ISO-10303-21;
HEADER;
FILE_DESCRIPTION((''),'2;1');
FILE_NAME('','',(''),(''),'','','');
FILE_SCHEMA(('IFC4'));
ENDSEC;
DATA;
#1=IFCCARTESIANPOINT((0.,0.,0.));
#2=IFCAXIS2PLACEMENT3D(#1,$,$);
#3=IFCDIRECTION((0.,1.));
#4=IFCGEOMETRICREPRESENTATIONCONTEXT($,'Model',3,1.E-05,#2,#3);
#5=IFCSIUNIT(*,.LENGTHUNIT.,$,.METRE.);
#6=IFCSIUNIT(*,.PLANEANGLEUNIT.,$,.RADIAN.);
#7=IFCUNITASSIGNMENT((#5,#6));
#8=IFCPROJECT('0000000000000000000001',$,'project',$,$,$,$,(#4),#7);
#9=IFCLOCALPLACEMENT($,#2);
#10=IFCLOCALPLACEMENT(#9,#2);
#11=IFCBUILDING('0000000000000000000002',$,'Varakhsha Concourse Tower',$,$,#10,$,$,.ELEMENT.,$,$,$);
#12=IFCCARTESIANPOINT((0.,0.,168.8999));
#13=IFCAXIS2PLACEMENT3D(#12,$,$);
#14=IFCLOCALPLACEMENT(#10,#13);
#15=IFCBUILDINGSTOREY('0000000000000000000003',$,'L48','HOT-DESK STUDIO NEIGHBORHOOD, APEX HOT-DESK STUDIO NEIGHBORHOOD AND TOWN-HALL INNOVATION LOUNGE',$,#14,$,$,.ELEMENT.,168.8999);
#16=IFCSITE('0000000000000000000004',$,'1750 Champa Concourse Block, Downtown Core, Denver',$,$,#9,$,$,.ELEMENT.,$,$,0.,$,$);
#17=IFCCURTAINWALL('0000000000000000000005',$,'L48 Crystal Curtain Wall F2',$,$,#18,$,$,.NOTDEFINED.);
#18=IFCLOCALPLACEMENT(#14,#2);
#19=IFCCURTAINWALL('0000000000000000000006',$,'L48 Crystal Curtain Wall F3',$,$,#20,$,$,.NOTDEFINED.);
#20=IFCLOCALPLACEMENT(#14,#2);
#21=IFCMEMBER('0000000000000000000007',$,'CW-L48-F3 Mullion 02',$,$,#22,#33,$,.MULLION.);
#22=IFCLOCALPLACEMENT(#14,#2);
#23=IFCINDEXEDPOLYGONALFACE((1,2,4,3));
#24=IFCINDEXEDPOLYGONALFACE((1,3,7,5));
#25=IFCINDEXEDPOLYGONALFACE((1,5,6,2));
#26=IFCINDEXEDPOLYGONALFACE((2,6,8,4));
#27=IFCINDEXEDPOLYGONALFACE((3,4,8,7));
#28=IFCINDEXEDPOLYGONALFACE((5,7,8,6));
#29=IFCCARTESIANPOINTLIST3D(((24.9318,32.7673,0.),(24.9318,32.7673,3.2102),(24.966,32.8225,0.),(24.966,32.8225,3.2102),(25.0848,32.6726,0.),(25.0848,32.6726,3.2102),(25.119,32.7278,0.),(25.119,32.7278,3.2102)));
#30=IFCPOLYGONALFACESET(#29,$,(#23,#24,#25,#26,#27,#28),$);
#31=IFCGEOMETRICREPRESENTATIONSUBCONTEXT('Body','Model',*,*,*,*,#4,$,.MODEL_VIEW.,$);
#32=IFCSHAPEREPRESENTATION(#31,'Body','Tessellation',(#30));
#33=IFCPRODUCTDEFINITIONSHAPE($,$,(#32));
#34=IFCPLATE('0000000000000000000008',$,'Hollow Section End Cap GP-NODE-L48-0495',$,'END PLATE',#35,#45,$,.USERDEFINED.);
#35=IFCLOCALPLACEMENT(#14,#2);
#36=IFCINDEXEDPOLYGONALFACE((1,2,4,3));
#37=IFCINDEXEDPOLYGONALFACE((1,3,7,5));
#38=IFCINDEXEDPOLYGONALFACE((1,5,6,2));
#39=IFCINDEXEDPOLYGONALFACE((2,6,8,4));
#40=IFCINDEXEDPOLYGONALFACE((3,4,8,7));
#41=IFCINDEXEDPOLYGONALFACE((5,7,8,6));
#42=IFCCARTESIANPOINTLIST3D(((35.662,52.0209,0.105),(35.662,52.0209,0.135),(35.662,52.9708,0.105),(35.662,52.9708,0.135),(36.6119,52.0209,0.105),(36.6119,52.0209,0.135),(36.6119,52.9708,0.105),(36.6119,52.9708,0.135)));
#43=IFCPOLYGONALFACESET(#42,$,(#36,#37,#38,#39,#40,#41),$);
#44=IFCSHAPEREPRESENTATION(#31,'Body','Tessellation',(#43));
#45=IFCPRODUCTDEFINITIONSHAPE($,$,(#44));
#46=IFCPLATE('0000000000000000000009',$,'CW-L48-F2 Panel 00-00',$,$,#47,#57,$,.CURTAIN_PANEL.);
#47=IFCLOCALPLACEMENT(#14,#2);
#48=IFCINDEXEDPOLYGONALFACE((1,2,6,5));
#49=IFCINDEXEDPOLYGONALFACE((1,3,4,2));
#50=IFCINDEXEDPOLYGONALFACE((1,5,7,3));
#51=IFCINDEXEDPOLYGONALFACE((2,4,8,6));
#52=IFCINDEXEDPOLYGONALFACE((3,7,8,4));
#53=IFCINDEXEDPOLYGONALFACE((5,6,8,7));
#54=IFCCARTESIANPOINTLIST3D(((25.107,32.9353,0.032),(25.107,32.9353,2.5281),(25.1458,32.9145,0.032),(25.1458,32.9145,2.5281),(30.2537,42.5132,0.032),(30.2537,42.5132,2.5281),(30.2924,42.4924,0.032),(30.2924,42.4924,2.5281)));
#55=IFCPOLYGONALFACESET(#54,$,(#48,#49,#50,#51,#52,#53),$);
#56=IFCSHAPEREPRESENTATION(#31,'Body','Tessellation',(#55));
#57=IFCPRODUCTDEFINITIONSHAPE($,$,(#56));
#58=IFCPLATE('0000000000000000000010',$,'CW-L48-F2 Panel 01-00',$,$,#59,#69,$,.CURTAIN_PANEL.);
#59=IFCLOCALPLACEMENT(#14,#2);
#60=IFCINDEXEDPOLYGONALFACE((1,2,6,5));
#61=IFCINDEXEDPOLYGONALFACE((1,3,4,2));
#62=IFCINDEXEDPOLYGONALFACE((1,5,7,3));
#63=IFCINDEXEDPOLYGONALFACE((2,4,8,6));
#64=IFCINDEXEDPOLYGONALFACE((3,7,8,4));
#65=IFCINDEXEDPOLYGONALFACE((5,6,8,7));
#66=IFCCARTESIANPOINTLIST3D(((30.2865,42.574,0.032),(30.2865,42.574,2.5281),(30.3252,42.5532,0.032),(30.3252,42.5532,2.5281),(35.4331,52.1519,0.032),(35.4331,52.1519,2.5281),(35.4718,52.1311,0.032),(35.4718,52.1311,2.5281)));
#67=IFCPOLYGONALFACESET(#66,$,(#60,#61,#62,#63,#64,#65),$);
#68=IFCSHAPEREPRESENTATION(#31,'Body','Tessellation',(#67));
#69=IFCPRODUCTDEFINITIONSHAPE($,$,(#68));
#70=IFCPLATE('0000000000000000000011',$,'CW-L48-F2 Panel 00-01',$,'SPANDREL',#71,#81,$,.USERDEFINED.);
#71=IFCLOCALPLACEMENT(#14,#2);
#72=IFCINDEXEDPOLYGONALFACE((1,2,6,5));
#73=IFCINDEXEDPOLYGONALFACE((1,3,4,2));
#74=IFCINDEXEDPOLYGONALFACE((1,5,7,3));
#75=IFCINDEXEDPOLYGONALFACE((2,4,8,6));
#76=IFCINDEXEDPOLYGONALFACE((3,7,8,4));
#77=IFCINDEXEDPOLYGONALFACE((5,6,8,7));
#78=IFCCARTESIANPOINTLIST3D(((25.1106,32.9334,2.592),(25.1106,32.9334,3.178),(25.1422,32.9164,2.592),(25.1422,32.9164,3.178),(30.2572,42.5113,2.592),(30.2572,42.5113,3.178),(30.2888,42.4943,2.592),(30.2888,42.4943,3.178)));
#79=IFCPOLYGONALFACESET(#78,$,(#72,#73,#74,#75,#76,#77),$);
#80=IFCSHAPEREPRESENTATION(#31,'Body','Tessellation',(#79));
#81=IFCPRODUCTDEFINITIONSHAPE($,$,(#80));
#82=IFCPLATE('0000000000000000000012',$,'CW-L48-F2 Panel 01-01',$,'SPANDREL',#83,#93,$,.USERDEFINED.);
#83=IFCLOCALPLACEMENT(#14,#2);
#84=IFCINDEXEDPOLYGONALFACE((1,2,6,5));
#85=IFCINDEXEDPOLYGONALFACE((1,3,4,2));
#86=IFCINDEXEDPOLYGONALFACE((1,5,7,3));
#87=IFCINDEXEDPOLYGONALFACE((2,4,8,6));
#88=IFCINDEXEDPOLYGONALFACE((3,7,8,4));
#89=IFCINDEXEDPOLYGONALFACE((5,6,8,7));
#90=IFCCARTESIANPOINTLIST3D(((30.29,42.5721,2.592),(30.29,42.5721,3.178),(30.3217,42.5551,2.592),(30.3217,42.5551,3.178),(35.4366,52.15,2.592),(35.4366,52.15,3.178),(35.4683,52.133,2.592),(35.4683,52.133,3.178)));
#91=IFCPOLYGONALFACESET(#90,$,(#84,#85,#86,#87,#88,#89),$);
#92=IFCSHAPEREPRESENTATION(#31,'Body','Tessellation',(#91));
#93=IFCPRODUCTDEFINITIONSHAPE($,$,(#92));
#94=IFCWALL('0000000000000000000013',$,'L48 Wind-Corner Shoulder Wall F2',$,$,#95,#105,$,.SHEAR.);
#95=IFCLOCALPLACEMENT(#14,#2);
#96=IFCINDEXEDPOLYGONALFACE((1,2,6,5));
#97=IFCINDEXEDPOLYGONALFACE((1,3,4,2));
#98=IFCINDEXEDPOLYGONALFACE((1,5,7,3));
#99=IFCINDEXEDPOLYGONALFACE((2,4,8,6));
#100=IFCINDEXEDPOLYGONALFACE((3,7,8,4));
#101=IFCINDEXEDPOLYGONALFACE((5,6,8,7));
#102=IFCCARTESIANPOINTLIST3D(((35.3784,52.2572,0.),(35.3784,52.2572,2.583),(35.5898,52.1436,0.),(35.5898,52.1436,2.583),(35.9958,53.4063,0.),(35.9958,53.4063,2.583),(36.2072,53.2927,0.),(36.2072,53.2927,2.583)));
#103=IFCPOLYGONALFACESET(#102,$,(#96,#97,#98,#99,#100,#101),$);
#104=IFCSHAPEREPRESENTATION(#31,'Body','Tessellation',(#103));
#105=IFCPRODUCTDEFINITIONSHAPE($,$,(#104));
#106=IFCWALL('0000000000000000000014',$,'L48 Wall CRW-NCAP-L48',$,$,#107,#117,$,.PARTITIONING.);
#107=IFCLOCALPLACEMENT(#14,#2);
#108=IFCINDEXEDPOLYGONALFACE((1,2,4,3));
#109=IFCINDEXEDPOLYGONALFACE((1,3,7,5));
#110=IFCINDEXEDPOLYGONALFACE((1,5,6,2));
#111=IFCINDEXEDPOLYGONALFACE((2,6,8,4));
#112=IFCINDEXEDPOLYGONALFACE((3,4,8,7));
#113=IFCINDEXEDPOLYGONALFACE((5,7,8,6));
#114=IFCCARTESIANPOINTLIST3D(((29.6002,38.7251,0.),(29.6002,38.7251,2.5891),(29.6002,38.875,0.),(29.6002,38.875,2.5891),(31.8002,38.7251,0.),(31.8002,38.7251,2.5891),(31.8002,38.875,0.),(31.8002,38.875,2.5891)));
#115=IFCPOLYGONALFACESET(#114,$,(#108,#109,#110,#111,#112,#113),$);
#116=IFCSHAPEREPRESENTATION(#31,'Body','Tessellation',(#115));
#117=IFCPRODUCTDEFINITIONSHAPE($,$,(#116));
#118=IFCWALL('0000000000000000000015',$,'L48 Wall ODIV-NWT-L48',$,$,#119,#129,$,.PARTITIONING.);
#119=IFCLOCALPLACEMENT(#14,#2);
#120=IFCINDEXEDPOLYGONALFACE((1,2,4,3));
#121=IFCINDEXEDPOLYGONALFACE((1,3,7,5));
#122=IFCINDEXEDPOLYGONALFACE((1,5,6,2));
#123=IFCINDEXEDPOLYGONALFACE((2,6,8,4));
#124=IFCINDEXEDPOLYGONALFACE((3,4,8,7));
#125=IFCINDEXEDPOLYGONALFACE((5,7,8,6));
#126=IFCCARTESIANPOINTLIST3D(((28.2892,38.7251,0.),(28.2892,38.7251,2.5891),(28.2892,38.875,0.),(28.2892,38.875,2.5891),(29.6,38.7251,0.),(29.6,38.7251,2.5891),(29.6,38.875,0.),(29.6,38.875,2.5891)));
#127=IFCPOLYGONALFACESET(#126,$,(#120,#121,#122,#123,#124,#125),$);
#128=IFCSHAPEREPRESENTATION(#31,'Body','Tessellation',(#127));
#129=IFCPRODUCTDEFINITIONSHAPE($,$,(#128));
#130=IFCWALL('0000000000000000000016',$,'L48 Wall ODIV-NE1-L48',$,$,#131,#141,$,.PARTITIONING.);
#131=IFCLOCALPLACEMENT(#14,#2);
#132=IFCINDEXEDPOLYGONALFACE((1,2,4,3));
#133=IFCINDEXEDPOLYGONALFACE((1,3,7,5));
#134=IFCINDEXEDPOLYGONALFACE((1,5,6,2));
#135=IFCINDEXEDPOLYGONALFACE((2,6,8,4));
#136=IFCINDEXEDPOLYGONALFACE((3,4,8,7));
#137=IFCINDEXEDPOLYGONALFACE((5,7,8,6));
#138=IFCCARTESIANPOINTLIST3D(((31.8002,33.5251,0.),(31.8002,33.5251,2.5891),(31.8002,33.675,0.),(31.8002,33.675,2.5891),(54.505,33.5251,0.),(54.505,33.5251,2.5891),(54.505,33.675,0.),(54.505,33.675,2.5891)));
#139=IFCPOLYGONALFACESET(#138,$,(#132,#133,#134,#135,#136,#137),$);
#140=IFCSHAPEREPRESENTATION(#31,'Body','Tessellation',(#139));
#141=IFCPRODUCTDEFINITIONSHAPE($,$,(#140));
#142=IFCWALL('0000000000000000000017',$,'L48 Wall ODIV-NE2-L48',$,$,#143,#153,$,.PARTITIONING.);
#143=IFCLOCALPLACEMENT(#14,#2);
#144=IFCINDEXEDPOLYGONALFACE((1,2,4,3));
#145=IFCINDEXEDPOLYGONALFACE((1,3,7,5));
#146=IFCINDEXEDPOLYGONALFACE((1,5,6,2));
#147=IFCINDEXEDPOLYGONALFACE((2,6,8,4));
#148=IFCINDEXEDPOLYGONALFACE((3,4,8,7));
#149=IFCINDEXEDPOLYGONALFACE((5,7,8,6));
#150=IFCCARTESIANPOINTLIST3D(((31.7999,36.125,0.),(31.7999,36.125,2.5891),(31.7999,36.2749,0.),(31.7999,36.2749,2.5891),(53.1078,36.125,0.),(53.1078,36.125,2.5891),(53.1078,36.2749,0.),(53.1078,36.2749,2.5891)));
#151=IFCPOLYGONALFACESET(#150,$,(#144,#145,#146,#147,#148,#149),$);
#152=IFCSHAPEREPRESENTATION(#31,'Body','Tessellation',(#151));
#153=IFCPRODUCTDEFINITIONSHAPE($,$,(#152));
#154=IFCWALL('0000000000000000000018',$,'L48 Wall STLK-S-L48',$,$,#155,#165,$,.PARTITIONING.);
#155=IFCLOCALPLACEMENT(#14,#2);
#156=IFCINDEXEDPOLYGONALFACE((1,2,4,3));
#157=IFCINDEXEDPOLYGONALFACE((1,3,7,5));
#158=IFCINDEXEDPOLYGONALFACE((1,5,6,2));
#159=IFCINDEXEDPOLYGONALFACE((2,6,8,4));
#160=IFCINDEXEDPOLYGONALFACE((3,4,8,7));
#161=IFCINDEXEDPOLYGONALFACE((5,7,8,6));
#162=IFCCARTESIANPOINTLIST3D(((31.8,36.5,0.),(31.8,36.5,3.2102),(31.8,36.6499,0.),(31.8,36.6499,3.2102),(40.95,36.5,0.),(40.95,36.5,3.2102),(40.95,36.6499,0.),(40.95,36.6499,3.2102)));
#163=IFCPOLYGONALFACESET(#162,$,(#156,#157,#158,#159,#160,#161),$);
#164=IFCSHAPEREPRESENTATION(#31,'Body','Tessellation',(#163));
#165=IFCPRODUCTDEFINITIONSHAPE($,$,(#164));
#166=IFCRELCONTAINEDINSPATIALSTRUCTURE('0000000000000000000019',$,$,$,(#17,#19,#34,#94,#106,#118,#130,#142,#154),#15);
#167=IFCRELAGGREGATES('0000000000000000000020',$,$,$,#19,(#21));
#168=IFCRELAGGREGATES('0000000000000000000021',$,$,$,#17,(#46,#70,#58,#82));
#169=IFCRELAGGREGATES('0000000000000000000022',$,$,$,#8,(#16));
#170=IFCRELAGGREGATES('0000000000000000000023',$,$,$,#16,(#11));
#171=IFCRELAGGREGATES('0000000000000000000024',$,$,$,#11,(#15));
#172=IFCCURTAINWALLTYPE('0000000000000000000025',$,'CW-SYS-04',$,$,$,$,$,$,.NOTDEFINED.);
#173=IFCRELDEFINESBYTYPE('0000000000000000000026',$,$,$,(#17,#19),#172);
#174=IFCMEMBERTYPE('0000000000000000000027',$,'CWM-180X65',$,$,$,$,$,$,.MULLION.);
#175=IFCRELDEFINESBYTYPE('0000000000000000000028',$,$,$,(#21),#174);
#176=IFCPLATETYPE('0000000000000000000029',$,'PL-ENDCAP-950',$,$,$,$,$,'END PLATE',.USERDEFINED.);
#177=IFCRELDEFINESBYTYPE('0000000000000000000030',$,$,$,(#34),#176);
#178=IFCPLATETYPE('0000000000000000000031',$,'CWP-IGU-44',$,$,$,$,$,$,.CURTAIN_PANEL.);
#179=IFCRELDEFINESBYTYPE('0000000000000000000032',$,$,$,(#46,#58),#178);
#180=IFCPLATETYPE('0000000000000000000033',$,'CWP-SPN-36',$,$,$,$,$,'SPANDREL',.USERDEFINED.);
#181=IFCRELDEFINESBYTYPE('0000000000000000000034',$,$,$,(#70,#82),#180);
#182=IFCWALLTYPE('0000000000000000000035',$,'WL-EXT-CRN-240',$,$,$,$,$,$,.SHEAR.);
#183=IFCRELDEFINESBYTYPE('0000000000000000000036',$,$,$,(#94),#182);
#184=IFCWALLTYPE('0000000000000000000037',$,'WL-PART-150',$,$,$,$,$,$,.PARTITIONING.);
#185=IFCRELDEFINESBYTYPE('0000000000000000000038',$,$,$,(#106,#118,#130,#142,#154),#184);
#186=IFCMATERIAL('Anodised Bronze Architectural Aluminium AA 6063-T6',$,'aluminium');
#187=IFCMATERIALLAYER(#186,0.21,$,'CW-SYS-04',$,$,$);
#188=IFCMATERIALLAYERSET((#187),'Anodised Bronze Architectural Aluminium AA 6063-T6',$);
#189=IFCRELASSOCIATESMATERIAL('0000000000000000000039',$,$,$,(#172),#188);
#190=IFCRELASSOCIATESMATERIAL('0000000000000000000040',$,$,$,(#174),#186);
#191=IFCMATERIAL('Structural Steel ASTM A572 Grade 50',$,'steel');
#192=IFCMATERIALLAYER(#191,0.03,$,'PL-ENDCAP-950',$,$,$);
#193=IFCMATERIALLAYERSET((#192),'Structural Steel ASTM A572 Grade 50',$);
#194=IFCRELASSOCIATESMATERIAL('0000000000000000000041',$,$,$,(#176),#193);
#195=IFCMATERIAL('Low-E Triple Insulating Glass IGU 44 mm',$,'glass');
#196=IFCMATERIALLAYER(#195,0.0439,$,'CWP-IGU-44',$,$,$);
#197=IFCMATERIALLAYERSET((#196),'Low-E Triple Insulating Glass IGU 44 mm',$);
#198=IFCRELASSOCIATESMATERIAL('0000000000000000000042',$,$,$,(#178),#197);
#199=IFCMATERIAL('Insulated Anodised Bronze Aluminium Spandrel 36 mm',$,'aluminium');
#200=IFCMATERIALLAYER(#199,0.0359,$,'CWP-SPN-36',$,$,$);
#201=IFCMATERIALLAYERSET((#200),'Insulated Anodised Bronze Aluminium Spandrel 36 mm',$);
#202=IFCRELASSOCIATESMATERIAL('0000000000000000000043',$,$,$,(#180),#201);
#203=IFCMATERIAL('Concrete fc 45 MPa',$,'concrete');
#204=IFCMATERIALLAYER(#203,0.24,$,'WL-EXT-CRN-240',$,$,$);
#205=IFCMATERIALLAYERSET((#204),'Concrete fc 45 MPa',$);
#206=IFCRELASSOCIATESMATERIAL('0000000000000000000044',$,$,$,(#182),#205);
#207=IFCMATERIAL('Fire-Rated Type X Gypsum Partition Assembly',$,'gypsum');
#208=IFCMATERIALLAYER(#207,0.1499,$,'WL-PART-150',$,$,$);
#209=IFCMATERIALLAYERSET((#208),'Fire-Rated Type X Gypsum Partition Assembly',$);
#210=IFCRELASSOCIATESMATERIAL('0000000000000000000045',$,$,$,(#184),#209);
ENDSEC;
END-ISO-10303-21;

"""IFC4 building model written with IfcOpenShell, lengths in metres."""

from ifc_helpers import new_model, si_unit, direction, frame, frame_2d, origin, origin_2d, place, context, subcontext, project, spatial, rectangle, extrude, source, transform, mapped, material, layer, layer_set, material_profile, profile_set, type_object, type_shapes, element, aggregate, save


model = new_model("IFC4")

# Units and contexts
model_context = context("Model", 3, precision=1e-05, world=origin(), true_north=direction((0.0, 1.0)))
body_context = subcontext(model_context, "Body", "Model", "MODEL_VIEW")
ifc_project = project(units=[si_unit("LENGTHUNIT", "METRE"), si_unit("PLANEANGLEUNIT", "RADIAN")], contexts=[model_context])

# Site, building, storey
site_placement = place(None, origin())
site = spatial("IfcSite", under=ifc_project, at=site_placement, Name="1750 Champa Concourse Block, Downtown Core, Denver", CompositionType="ELEMENT", RefElevation=0.0)
building_placement = place(site_placement, origin())
building = spatial("IfcBuilding", under=site, at=building_placement, Name="Varakhsha Concourse Tower", CompositionType="ELEMENT")
storey_placement = place(building_placement, frame((0.0, 0.0, 168.8999)))
storey = spatial("IfcBuildingStorey", under=building, at=storey_placement, Name="L48", Description="HOT-DESK STUDIO NEIGHBORHOOD, APEX HOT-DESK STUDIO NEIGHBORHOOD AND TOWN-HALL INNOVATION LOUNGE", CompositionType="ELEMENT", Elevation=168.8999)

# Shared definitions
ifc_material_1 = material(Name="Structural Steel ASTM A572 Grade 50", Category="steel")

# Curtain wall
ifc_material_2 = material(Name="Anodised Bronze Architectural Aluminium AA 6063-T6", Category="aluminium")
ifc_layer_1 = layer(ifc_material_2, 0.21, Name="CW-SYS-04")
ifc_layer_set_1 = layer_set([ifc_layer_1], Name="Anodised Bronze Architectural Aluminium AA 6063-T6")
curtain_wall_type = type_object("IfcCurtainWallType", Name="CW-SYS-04", PredefinedType="NOTDEFINED", material=ifc_layer_set_1)
curtain_wall_1_placement = place(storey_placement, origin())
curtain_wall_1 = element("IfcCurtainWall", 1, at=curtain_wall_1_placement, inside=storey, type_object=curtain_wall_type, Name="L48 Crystal Curtain Wall F2", PredefinedType="NOTDEFINED")
ifc_material_profile_1 = material_profile(ifc_material_2, rectangle(XDim=0.0649, YDim=0.1799, at=origin_2d()), Name="CWM-180X65")
ifc_profile_set_1 = profile_set([ifc_material_profile_1], Name="Anodised Bronze Architectural Aluminium AA 6063-T6")
member_type_1 = type_object("IfcMemberType", Name="CWM-180X65", PredefinedType="MULLION", material=ifc_profile_set_1)
shared_shape_1 = source(origin(), body_context, "Body", "SweptSolid", [
    extrude(rectangle(XDim=0.0649, YDim=0.1799, at=origin_2d()), origin(), (0.0, 0.0, 1.0), 3.2102),
])
type_shapes(member_type_1, [shared_shape_1])

# Curtain wall, member
curtain_wall_2_placement = place(storey_placement, origin())
curtain_wall_2 = element("IfcCurtainWall", 2, at=curtain_wall_2_placement, inside=storey, type_object=curtain_wall_type, Name="L48 Crystal Curtain Wall F3", PredefinedType="NOTDEFINED")
member_1_placement = place(storey_placement, frame((25.0254, 32.7476, 0.0), z_axis=(0.0, 0.0, 1.0), x_axis=(0.526199, 0.850361, 0.0)))
member_1 = element("IfcMember", 3, at=member_1_placement, type_object=member_type_1, Name="CW-L48-F3 Mullion 02", PredefinedType="MULLION", context=body_context, shape_type="MappedRepresentation", body=[
    mapped(shared_shape_1, transform((0.0, 0.0, 0.0), scale=1.0)),
])
aggregate(curtain_wall_2, [member_1])

# Plates
ifc_layer_2 = layer(ifc_material_1, 0.03, Name="PL-ENDCAP-950")
ifc_layer_set_2 = layer_set([ifc_layer_2], Name="Structural Steel ASTM A572 Grade 50")
plate_type_1 = type_object("IfcPlateType", Name="PL-ENDCAP-950", ElementType="END PLATE", PredefinedType="USERDEFINED", material=ifc_layer_set_2)
shared_shape_2 = source(origin(), body_context, "Body", "SweptSolid", [
    extrude(rectangle(XDim=0.95, YDim=0.95, at=origin_2d()), origin(), (0.0, 0.0, 1.0), 0.03),
])
type_shapes(plate_type_1, [shared_shape_2])
plate_1_placement = place(storey_placement, frame((36.137, 52.4958, 0.105), z_axis=(0.0, 0.0, 1.0), x_axis=(1.0, 0.0, 0.0)))
element("IfcPlate", 4, at=plate_1_placement, inside=storey, type_object=plate_type_1, Name="Hollow Section End Cap GP-NODE-L48-0495", ObjectType="END PLATE", PredefinedType="USERDEFINED", context=body_context, shape_type="MappedRepresentation", body=[
    mapped(shared_shape_2, transform((0.0, 0.0, 0.0), scale=1.0)),
])
ifc_material_3 = material(Name="Low-E Triple Insulating Glass IGU 44 mm", Category="glass")
ifc_layer_3 = layer(ifc_material_3, 0.0439, Name="CWP-IGU-44")
ifc_layer_set_3 = layer_set([ifc_layer_3], Name="Low-E Triple Insulating Glass IGU 44 mm")
plate_type_2 = type_object("IfcPlateType", Name="CWP-IGU-44", PredefinedType="CURTAIN_PANEL", material=ifc_layer_set_3)
shared_shape_3 = source(origin(), body_context, "Body", "SweptSolid", [
    extrude(rectangle(XDim=10.873, YDim=0.0439, at=origin_2d()), origin(), (0.0, 0.0, 1.0), 2.4961),
])
type_shapes(plate_type_2, [shared_shape_3])
plate_2_placement = place(storey_placement, frame((27.6997, 37.7139, 0.032), z_axis=(0.0, 0.0, 1.0), x_axis=(0.473337, 0.880882, 0.0)))
plate_2 = element("IfcPlate", 5, at=plate_2_placement, type_object=plate_type_2, Name="CW-L48-F2 Panel 00-00", PredefinedType="CURTAIN_PANEL", context=body_context, shape_type="MappedRepresentation", body=[
    mapped(shared_shape_3, transform((0.0, 0.0, 0.0), scale=1.0)),
])
plate_3_placement = place(storey_placement, frame((32.8792, 47.3525, 0.032), z_axis=(0.0, 0.0, 1.0), x_axis=(0.473337, 0.880882, 0.0)))
plate_3 = element("IfcPlate", 6, at=plate_3_placement, type_object=plate_type_2, Name="CW-L48-F2 Panel 01-00", PredefinedType="CURTAIN_PANEL", context=body_context, shape_type="MappedRepresentation", body=[
    mapped(shared_shape_3, transform((0.0, 0.0, 0.0), scale=1.0)),
])
ifc_material_4 = material(Name="Insulated Anodised Bronze Aluminium Spandrel 36 mm", Category="aluminium")
ifc_layer_4 = layer(ifc_material_4, 0.0359, Name="CWP-SPN-36")
ifc_layer_set_4 = layer_set([ifc_layer_4], Name="Insulated Anodised Bronze Aluminium Spandrel 36 mm")
plate_type_3 = type_object("IfcPlateType", Name="CWP-SPN-36", ElementType="SPANDREL", PredefinedType="USERDEFINED", material=ifc_layer_set_4)
shared_shape_4 = source(origin(), body_context, "Body", "SweptSolid", [
    extrude(rectangle(XDim=10.873, YDim=0.0359, at=origin_2d()), origin(), (0.0, 0.0, 1.0), 0.5859),
])
type_shapes(plate_type_3, [shared_shape_4])
plate_4_placement = place(storey_placement, frame((27.6997, 37.7139, 2.592), z_axis=(0.0, 0.0, 1.0), x_axis=(0.473337, 0.880882, 0.0)))
plate_4 = element("IfcPlate", 7, at=plate_4_placement, type_object=plate_type_3, Name="CW-L48-F2 Panel 00-01", ObjectType="SPANDREL", PredefinedType="USERDEFINED", context=body_context, shape_type="MappedRepresentation", body=[
    mapped(shared_shape_4, transform((0.0, 0.0, 0.0), scale=1.0)),
])
plate_5_placement = place(storey_placement, frame((32.8792, 47.3525, 2.592), z_axis=(0.0, 0.0, 1.0), x_axis=(0.473337, 0.880882, 0.0)))
plate_5 = element("IfcPlate", 8, at=plate_5_placement, type_object=plate_type_3, Name="CW-L48-F2 Panel 01-01", ObjectType="SPANDREL", PredefinedType="USERDEFINED", context=body_context, shape_type="MappedRepresentation", body=[
    mapped(shared_shape_4, transform((0.0, 0.0, 0.0), scale=1.0)),
])
aggregate(curtain_wall_1, [plate_2, plate_4, plate_3, plate_5])

# Walls
ifc_material_5 = material(Name="Concrete fc 45 MPa", Category="concrete")
ifc_layer_5 = layer(ifc_material_5, 0.24, Name="WL-EXT-CRN-240")
ifc_layer_set_5 = layer_set([ifc_layer_5], Name="Concrete fc 45 MPa")
wall_type_1 = type_object("IfcWallType", Name="WL-EXT-CRN-240", PredefinedType="SHEAR", material=ifc_layer_set_5)
wall_1_placement = place(storey_placement, frame((36.1016, 53.3496, 0.0), z_axis=(0.0, 0.0, 1.0), x_axis=(-0.473296, -0.880903, 0.0)))
element("IfcWall", 9, at=wall_1_placement, inside=storey, type_object=wall_type_1, Name="L48 Wind-Corner Shoulder Wall F2", PredefinedType="SHEAR", context=body_context, shape_type="SweptSolid", body=[
    extrude(rectangle(XDim=1.3044, YDim=0.24, at=frame_2d((0.6523, 0.0))), origin(), (0.0, 0.0, 1.0), 2.583),
])
ifc_material_6 = material(Name="Fire-Rated Type X Gypsum Partition Assembly", Category="gypsum")
ifc_layer_6 = layer(ifc_material_6, 0.1499, Name="WL-PART-150")
ifc_layer_set_6 = layer_set([ifc_layer_6], Name="Fire-Rated Type X Gypsum Partition Assembly")
wall_type_2 = type_object("IfcWallType", Name="WL-PART-150", PredefinedType="PARTITIONING", material=ifc_layer_set_6)
wall_2_placement = place(storey_placement, frame((29.6001, 38.8, 0.0), z_axis=(0.0, 0.0, 1.0), x_axis=(1.0, 0.0, 0.0)))
element("IfcWall", 10, at=wall_2_placement, inside=storey, type_object=wall_type_2, Name="L48 Wall CRW-NCAP-L48", PredefinedType="PARTITIONING", context=body_context, shape_type="SweptSolid", body=[
    extrude(rectangle(XDim=2.2, YDim=0.1499, at=frame_2d((1.1001, 0.0))), origin(), (0.0, 0.0, 1.0), 2.5891),
])
wall_3_placement = place(storey_placement, frame((28.2893, 38.8, 0.0), z_axis=(0.0, 0.0, 1.0), x_axis=(1.0, 0.0, 0.0)))
element("IfcWall", 11, at=wall_3_placement, inside=storey, type_object=wall_type_2, Name="L48 Wall ODIV-NWT-L48", PredefinedType="PARTITIONING", context=body_context, shape_type="SweptSolid", body=[
    extrude(rectangle(XDim=1.3108, YDim=0.1499, at=frame_2d((0.6553, 0.0))), origin(), (0.0, 0.0, 1.0), 2.5891),
])
wall_4_placement = place(storey_placement, frame((31.8, 33.6001, 0.0), z_axis=(0.0, 0.0, 1.0), x_axis=(1.0, 0.0, 0.0)))
element("IfcWall", 12, at=wall_4_placement, inside=storey, type_object=wall_type_2, Name="L48 Wall ODIV-NE1-L48", PredefinedType="PARTITIONING", context=body_context, shape_type="SweptSolid", body=[
    extrude(rectangle(XDim=22.7048, YDim=0.1499, at=frame_2d((11.3525, 0.0))), origin(), (0.0, 0.0, 1.0), 2.5891),
])
wall_5_placement = place(storey_placement, frame((31.8, 36.2, 0.0), z_axis=(0.0, 0.0, 1.0), x_axis=(1.0, 0.0, 0.0)))
element("IfcWall", 13, at=wall_5_placement, inside=storey, type_object=wall_type_2, Name="L48 Wall ODIV-NE2-L48", PredefinedType="PARTITIONING", context=body_context, shape_type="SweptSolid", body=[
    extrude(rectangle(XDim=21.3079, YDim=0.1499, at=frame_2d((10.6538, 0.0))), origin(), (0.0, 0.0, 1.0), 2.5891),
])
wall_6_placement = place(storey_placement, frame((31.8, 36.575, 0.0), z_axis=(0.0, 0.0, 1.0), x_axis=(1.0, 0.0, 0.0)))
element("IfcWall", 14, at=wall_6_placement, inside=storey, type_object=wall_type_2, Name="L48 Wall STLK-S-L48", PredefinedType="PARTITIONING", context=body_context, shape_type="SweptSolid", body=[
    extrude(rectangle(XDim=9.1499, YDim=0.1499, at=frame_2d((4.575, 0.0))), origin(), (0.0, 0.0, 1.0), 3.2102),
])

save(model, "model.ifc")
